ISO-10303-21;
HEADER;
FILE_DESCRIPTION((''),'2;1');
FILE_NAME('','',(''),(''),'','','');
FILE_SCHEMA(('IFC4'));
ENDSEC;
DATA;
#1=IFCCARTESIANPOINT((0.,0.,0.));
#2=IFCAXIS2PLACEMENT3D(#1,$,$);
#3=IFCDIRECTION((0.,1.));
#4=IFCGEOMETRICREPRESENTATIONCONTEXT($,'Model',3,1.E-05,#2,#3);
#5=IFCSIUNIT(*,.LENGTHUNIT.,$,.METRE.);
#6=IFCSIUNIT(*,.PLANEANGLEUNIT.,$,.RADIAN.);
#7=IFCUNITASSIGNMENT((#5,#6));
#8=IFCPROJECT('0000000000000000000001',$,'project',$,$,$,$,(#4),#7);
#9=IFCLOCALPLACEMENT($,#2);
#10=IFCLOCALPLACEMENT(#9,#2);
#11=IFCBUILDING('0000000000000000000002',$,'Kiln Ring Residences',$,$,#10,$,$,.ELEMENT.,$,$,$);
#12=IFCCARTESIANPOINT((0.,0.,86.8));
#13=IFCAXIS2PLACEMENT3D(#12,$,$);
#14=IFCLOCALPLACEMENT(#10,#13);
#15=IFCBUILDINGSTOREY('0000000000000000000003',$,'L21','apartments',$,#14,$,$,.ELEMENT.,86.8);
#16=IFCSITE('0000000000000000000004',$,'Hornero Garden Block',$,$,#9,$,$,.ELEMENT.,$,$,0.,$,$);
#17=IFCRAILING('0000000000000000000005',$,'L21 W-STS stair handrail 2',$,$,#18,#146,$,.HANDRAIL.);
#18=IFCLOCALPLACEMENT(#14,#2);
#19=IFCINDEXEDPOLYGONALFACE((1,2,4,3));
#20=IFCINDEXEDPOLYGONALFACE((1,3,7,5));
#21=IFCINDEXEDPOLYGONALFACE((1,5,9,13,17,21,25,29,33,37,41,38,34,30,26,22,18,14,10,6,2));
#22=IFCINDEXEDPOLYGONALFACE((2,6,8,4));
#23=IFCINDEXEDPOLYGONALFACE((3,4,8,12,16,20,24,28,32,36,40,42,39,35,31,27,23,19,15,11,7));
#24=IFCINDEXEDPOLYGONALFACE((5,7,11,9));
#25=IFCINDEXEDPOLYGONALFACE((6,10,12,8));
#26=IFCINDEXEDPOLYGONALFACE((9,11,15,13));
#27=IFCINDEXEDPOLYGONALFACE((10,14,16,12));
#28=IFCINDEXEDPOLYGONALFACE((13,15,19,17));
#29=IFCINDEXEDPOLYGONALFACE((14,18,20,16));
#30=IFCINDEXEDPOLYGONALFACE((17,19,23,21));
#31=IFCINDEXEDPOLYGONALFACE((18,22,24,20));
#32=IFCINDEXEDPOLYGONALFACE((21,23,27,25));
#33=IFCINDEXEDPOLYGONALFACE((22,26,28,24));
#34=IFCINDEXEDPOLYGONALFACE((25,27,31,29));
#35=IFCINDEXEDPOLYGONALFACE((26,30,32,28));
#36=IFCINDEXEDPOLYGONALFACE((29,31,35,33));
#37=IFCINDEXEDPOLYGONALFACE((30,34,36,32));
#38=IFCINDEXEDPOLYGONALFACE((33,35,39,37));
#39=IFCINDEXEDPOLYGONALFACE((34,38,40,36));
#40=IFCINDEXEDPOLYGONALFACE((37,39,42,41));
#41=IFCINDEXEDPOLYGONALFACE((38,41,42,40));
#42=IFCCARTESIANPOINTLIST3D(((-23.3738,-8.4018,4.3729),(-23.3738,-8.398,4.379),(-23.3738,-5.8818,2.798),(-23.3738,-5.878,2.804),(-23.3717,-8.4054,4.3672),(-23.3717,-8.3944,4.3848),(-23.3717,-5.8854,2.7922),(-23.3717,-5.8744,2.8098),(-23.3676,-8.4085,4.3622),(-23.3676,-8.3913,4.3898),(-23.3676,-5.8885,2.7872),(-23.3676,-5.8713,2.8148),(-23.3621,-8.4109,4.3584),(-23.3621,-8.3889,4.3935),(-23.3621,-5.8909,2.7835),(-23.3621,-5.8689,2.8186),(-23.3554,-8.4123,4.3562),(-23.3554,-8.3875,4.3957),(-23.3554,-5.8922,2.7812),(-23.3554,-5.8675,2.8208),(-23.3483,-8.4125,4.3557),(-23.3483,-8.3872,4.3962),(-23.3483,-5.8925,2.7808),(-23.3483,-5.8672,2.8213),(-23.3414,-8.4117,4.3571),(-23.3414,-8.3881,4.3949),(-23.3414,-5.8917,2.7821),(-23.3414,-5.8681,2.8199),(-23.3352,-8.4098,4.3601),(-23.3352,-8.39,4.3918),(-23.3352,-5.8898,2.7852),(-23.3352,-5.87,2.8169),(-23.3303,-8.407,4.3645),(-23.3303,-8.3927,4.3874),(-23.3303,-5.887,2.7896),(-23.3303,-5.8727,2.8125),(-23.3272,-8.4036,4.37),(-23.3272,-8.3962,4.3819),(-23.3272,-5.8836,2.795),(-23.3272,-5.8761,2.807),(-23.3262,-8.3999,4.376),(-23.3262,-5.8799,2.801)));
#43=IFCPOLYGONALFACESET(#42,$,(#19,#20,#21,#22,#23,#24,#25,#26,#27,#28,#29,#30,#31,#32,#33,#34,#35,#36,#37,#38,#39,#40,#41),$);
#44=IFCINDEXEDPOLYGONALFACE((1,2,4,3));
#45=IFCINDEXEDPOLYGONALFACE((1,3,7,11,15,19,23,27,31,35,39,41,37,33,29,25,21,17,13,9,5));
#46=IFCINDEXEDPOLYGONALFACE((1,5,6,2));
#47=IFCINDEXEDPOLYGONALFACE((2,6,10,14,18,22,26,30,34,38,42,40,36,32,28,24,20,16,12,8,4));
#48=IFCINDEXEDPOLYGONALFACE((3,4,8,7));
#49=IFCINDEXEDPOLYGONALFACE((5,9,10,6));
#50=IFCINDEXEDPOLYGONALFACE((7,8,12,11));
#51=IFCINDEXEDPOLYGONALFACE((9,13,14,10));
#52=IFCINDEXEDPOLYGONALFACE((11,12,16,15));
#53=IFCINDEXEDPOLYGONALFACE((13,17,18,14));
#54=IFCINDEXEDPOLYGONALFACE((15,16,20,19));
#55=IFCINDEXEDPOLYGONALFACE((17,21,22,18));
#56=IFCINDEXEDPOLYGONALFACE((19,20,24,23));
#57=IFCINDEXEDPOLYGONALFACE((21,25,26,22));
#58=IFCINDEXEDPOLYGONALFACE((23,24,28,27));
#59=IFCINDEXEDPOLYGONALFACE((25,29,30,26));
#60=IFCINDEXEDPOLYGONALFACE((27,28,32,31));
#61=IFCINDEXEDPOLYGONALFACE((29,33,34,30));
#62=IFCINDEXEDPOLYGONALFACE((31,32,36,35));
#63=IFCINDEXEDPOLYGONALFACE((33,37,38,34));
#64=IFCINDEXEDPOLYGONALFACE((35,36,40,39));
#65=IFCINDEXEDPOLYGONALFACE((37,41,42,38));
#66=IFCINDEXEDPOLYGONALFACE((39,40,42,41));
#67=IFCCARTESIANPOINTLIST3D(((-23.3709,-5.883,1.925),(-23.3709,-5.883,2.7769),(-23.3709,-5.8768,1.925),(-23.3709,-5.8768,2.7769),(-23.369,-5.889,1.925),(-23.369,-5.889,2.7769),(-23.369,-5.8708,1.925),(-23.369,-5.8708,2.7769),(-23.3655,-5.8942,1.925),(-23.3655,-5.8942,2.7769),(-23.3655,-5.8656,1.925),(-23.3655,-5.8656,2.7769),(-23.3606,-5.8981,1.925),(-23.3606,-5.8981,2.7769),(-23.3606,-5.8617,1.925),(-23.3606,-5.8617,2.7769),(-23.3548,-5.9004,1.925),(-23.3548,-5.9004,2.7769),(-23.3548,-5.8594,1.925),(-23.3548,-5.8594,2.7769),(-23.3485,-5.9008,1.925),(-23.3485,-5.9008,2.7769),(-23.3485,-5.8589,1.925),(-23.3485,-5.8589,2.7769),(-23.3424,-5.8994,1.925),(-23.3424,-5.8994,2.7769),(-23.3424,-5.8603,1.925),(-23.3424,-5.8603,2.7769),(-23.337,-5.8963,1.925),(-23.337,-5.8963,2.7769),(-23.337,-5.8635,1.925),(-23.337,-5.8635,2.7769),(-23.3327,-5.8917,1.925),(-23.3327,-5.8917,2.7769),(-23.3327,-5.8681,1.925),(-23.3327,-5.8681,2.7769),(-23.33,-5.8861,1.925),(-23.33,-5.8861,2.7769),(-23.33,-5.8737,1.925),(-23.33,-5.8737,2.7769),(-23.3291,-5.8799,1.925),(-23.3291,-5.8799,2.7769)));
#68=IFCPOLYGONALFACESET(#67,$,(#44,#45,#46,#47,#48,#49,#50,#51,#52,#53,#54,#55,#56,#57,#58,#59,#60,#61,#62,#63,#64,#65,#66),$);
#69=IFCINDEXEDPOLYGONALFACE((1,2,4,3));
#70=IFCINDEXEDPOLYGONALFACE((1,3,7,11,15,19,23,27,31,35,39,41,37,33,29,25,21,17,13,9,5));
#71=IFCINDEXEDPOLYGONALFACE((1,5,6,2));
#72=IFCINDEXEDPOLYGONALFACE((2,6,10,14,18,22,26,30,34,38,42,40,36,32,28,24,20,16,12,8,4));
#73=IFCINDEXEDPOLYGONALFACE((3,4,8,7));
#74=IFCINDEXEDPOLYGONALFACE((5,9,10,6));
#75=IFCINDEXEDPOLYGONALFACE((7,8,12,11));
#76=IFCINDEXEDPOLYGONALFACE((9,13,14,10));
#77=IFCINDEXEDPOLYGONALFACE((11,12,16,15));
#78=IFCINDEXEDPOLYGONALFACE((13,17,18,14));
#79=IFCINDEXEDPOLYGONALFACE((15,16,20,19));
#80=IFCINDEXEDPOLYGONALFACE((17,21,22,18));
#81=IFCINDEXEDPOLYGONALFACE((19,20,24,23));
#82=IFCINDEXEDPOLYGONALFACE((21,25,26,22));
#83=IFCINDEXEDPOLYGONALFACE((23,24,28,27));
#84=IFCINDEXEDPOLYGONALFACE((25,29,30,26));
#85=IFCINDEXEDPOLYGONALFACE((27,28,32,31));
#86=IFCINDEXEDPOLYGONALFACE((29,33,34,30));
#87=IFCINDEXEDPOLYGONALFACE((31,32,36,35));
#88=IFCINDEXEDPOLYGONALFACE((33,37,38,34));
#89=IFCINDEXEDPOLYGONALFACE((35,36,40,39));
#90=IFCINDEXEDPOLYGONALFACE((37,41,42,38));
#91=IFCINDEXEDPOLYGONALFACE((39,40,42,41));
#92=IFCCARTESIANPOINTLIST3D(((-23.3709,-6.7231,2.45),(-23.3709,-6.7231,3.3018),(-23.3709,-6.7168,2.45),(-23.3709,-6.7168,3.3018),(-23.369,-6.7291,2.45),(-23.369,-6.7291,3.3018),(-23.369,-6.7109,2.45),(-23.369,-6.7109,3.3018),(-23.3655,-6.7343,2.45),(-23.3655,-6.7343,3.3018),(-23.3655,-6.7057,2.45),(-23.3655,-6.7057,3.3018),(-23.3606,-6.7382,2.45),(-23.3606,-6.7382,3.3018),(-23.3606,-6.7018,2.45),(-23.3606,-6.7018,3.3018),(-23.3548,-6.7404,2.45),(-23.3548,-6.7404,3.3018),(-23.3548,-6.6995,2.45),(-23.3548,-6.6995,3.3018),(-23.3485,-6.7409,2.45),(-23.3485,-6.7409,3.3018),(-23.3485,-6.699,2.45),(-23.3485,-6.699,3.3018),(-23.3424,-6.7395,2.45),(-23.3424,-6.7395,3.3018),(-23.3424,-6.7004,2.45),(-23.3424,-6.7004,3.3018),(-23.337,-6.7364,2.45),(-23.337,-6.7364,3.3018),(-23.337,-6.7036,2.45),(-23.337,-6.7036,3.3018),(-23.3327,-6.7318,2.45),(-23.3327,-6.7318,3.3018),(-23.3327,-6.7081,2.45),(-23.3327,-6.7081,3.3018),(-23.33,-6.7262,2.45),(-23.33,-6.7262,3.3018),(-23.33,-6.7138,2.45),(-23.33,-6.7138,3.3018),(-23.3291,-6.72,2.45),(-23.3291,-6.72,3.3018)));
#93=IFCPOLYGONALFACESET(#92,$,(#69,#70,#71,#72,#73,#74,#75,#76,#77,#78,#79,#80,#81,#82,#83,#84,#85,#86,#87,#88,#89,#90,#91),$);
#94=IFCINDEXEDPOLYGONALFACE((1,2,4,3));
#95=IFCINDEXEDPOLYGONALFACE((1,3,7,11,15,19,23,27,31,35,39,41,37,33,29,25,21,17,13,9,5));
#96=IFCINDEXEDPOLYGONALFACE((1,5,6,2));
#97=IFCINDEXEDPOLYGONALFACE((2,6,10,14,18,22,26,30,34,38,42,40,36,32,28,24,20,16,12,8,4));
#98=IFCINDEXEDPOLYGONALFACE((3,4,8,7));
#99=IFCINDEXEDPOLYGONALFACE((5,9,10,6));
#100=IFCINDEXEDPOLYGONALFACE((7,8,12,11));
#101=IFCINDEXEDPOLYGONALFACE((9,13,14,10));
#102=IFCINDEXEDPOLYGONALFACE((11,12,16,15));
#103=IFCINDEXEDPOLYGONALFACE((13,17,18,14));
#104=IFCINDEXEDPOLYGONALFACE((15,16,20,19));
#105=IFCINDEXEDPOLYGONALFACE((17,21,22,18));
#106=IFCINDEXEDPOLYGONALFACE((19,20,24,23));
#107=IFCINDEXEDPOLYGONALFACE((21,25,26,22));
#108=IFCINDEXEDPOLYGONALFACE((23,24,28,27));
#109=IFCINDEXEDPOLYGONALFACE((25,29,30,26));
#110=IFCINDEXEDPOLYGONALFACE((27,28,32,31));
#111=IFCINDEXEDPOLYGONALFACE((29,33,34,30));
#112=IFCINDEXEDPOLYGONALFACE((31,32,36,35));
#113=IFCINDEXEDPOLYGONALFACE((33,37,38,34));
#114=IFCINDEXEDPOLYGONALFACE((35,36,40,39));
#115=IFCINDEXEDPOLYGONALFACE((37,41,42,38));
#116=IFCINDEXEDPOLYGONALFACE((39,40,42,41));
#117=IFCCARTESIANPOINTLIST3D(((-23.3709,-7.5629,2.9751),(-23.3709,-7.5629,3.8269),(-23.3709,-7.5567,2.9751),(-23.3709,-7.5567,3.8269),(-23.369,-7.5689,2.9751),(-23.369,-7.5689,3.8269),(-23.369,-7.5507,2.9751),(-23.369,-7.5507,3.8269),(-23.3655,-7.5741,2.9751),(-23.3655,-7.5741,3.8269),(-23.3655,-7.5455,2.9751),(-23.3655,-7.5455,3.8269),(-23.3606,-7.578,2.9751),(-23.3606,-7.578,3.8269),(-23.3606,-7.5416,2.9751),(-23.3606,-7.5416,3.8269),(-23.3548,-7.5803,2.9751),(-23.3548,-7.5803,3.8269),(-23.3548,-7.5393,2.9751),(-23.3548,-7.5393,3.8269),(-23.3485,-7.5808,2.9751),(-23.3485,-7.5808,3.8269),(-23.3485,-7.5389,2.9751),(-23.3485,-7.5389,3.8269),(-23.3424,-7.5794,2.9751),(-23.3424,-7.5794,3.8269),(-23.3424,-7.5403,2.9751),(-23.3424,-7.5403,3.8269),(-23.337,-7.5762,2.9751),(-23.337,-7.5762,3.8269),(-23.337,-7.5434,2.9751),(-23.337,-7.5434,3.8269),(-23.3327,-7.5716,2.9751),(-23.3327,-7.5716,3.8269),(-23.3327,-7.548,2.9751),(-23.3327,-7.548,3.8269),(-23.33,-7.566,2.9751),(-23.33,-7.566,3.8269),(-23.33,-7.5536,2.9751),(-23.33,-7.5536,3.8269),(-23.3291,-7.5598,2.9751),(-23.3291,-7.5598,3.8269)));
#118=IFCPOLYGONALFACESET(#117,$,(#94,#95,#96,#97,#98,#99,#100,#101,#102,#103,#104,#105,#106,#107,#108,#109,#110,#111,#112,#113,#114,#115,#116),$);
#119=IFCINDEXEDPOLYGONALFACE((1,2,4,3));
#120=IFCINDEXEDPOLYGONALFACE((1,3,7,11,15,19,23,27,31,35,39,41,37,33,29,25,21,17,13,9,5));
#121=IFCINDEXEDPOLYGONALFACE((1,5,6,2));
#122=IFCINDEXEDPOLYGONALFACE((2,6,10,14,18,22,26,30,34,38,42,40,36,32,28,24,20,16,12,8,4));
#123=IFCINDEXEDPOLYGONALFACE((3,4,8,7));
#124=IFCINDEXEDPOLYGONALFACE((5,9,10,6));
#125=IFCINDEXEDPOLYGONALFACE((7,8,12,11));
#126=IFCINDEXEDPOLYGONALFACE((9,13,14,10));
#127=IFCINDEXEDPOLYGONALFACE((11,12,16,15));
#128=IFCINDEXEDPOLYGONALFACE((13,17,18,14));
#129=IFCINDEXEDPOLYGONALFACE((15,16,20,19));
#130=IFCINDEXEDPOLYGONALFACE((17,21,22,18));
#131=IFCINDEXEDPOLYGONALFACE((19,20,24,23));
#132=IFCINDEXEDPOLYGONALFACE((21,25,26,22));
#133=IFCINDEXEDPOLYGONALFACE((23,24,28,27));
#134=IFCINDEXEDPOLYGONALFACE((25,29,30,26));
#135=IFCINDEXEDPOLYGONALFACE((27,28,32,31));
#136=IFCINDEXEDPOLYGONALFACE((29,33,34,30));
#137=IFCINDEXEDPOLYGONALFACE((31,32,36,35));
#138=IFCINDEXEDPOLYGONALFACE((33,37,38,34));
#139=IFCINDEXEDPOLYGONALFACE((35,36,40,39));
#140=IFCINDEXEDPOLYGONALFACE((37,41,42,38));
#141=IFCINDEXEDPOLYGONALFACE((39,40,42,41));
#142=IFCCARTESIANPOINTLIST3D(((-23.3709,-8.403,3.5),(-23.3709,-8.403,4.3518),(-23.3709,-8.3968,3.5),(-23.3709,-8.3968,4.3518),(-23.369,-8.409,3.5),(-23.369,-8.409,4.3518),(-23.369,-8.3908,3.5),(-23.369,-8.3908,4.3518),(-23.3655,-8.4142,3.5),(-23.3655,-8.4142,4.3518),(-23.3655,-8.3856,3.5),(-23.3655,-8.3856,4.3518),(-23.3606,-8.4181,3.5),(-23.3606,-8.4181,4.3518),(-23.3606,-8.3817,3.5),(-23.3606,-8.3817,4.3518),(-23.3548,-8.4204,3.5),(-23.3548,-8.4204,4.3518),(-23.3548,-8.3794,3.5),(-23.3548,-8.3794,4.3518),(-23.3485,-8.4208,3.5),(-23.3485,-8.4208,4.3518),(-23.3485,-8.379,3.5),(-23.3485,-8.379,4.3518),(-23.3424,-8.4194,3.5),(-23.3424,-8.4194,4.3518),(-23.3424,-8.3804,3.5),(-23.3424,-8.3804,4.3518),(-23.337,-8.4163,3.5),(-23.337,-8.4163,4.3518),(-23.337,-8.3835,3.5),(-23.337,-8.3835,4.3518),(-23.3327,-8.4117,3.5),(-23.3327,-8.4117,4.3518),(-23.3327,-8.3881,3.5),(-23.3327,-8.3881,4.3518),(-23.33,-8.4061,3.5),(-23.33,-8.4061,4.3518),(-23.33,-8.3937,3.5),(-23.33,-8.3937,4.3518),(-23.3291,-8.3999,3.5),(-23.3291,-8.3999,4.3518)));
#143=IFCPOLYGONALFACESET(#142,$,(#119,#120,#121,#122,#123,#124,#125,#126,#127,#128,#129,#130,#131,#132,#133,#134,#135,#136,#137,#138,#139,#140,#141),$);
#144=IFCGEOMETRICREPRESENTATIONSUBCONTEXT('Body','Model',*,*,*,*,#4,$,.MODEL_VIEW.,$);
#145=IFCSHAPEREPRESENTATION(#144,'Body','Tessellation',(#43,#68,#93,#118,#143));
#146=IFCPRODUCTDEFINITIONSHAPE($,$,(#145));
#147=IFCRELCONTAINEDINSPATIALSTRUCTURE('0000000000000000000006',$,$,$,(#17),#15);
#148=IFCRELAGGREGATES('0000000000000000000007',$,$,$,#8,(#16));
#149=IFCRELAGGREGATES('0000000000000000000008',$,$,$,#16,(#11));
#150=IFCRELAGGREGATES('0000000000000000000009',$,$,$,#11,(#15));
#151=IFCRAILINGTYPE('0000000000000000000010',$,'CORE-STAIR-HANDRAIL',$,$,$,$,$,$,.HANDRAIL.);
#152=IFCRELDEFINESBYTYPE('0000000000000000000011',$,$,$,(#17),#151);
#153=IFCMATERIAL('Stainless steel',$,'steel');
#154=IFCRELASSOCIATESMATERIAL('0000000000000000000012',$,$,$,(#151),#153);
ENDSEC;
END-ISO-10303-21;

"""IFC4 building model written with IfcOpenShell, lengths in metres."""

from ifc_helpers import new_model, si_unit, direction, frame, origin, origin_2d, place, context, subcontext, project, spatial, circle, extrude, material, type_object, element, save


model = new_model("IFC4")

# Units and contexts
model_context = context("Model", 3, precision=1e-05, world=origin(), true_north=direction((0.0, 1.0)))
body_context = subcontext(model_context, "Body", "Model", "MODEL_VIEW")
ifc_project = project(units=[si_unit("LENGTHUNIT", "METRE"), si_unit("PLANEANGLEUNIT", "RADIAN")], contexts=[model_context])

# Site, building, storey
site_placement = place(None, origin())
site = spatial("IfcSite", under=ifc_project, at=site_placement, Name="Hornero Garden Block", CompositionType="ELEMENT", RefElevation=0.0)
building_placement = place(site_placement, origin())
building = spatial("IfcBuilding", under=site, at=building_placement, Name="Kiln Ring Residences", CompositionType="ELEMENT")
storey_placement = place(building_placement, frame((0.0, 0.0, 86.8)))
storey = spatial("IfcBuildingStorey", under=building, at=storey_placement, Name="L21", Description="apartments", CompositionType="ELEMENT", Elevation=86.8)

# Railing
ifc_material_1 = material(Name="Stainless steel", Category="steel")
railing_type_1 = type_object("IfcRailingType", Name="CORE-STAIR-HANDRAIL", PredefinedType="HANDRAIL", material=ifc_material_1)
railing_1_placement = place(storey_placement, frame((-23.3501, -5.8799, 1.925)))
element("IfcRailing", 1, at=railing_1_placement, inside=storey, type_object=railing_type_1, Name="L21 W-STS stair handrail 2", PredefinedType="HANDRAIL", context=body_context, shape_type="SweptSolid", body=[
    extrude(circle(Radius=0.0239, at=origin_2d()), frame((0.0, 0.0, 0.876), z_axis=(0.0, -0.848008, 0.529984), x_axis=(1.0, 0.0, 0.0)), (0.0, 0.0, 1.0), 2.9717),
    extrude(circle(Radius=0.021, at=origin_2d()), origin(), (0.0, 0.0, 1.0), 0.8518),
    extrude(circle(Radius=0.021, at=origin_2d()), frame((0.0, -0.8401, 0.5249)), (0.0, 0.0, 1.0), 0.8518),
    extrude(circle(Radius=0.021, at=origin_2d()), frame((0.0, -1.6799, 1.05)), (0.0, 0.0, 1.0), 0.8518),
    extrude(circle(Radius=0.021, at=origin_2d()), frame((0.0, -2.52, 1.575)), (0.0, 0.0, 1.0), 0.8518),
])

save(model, "model.ifc")
